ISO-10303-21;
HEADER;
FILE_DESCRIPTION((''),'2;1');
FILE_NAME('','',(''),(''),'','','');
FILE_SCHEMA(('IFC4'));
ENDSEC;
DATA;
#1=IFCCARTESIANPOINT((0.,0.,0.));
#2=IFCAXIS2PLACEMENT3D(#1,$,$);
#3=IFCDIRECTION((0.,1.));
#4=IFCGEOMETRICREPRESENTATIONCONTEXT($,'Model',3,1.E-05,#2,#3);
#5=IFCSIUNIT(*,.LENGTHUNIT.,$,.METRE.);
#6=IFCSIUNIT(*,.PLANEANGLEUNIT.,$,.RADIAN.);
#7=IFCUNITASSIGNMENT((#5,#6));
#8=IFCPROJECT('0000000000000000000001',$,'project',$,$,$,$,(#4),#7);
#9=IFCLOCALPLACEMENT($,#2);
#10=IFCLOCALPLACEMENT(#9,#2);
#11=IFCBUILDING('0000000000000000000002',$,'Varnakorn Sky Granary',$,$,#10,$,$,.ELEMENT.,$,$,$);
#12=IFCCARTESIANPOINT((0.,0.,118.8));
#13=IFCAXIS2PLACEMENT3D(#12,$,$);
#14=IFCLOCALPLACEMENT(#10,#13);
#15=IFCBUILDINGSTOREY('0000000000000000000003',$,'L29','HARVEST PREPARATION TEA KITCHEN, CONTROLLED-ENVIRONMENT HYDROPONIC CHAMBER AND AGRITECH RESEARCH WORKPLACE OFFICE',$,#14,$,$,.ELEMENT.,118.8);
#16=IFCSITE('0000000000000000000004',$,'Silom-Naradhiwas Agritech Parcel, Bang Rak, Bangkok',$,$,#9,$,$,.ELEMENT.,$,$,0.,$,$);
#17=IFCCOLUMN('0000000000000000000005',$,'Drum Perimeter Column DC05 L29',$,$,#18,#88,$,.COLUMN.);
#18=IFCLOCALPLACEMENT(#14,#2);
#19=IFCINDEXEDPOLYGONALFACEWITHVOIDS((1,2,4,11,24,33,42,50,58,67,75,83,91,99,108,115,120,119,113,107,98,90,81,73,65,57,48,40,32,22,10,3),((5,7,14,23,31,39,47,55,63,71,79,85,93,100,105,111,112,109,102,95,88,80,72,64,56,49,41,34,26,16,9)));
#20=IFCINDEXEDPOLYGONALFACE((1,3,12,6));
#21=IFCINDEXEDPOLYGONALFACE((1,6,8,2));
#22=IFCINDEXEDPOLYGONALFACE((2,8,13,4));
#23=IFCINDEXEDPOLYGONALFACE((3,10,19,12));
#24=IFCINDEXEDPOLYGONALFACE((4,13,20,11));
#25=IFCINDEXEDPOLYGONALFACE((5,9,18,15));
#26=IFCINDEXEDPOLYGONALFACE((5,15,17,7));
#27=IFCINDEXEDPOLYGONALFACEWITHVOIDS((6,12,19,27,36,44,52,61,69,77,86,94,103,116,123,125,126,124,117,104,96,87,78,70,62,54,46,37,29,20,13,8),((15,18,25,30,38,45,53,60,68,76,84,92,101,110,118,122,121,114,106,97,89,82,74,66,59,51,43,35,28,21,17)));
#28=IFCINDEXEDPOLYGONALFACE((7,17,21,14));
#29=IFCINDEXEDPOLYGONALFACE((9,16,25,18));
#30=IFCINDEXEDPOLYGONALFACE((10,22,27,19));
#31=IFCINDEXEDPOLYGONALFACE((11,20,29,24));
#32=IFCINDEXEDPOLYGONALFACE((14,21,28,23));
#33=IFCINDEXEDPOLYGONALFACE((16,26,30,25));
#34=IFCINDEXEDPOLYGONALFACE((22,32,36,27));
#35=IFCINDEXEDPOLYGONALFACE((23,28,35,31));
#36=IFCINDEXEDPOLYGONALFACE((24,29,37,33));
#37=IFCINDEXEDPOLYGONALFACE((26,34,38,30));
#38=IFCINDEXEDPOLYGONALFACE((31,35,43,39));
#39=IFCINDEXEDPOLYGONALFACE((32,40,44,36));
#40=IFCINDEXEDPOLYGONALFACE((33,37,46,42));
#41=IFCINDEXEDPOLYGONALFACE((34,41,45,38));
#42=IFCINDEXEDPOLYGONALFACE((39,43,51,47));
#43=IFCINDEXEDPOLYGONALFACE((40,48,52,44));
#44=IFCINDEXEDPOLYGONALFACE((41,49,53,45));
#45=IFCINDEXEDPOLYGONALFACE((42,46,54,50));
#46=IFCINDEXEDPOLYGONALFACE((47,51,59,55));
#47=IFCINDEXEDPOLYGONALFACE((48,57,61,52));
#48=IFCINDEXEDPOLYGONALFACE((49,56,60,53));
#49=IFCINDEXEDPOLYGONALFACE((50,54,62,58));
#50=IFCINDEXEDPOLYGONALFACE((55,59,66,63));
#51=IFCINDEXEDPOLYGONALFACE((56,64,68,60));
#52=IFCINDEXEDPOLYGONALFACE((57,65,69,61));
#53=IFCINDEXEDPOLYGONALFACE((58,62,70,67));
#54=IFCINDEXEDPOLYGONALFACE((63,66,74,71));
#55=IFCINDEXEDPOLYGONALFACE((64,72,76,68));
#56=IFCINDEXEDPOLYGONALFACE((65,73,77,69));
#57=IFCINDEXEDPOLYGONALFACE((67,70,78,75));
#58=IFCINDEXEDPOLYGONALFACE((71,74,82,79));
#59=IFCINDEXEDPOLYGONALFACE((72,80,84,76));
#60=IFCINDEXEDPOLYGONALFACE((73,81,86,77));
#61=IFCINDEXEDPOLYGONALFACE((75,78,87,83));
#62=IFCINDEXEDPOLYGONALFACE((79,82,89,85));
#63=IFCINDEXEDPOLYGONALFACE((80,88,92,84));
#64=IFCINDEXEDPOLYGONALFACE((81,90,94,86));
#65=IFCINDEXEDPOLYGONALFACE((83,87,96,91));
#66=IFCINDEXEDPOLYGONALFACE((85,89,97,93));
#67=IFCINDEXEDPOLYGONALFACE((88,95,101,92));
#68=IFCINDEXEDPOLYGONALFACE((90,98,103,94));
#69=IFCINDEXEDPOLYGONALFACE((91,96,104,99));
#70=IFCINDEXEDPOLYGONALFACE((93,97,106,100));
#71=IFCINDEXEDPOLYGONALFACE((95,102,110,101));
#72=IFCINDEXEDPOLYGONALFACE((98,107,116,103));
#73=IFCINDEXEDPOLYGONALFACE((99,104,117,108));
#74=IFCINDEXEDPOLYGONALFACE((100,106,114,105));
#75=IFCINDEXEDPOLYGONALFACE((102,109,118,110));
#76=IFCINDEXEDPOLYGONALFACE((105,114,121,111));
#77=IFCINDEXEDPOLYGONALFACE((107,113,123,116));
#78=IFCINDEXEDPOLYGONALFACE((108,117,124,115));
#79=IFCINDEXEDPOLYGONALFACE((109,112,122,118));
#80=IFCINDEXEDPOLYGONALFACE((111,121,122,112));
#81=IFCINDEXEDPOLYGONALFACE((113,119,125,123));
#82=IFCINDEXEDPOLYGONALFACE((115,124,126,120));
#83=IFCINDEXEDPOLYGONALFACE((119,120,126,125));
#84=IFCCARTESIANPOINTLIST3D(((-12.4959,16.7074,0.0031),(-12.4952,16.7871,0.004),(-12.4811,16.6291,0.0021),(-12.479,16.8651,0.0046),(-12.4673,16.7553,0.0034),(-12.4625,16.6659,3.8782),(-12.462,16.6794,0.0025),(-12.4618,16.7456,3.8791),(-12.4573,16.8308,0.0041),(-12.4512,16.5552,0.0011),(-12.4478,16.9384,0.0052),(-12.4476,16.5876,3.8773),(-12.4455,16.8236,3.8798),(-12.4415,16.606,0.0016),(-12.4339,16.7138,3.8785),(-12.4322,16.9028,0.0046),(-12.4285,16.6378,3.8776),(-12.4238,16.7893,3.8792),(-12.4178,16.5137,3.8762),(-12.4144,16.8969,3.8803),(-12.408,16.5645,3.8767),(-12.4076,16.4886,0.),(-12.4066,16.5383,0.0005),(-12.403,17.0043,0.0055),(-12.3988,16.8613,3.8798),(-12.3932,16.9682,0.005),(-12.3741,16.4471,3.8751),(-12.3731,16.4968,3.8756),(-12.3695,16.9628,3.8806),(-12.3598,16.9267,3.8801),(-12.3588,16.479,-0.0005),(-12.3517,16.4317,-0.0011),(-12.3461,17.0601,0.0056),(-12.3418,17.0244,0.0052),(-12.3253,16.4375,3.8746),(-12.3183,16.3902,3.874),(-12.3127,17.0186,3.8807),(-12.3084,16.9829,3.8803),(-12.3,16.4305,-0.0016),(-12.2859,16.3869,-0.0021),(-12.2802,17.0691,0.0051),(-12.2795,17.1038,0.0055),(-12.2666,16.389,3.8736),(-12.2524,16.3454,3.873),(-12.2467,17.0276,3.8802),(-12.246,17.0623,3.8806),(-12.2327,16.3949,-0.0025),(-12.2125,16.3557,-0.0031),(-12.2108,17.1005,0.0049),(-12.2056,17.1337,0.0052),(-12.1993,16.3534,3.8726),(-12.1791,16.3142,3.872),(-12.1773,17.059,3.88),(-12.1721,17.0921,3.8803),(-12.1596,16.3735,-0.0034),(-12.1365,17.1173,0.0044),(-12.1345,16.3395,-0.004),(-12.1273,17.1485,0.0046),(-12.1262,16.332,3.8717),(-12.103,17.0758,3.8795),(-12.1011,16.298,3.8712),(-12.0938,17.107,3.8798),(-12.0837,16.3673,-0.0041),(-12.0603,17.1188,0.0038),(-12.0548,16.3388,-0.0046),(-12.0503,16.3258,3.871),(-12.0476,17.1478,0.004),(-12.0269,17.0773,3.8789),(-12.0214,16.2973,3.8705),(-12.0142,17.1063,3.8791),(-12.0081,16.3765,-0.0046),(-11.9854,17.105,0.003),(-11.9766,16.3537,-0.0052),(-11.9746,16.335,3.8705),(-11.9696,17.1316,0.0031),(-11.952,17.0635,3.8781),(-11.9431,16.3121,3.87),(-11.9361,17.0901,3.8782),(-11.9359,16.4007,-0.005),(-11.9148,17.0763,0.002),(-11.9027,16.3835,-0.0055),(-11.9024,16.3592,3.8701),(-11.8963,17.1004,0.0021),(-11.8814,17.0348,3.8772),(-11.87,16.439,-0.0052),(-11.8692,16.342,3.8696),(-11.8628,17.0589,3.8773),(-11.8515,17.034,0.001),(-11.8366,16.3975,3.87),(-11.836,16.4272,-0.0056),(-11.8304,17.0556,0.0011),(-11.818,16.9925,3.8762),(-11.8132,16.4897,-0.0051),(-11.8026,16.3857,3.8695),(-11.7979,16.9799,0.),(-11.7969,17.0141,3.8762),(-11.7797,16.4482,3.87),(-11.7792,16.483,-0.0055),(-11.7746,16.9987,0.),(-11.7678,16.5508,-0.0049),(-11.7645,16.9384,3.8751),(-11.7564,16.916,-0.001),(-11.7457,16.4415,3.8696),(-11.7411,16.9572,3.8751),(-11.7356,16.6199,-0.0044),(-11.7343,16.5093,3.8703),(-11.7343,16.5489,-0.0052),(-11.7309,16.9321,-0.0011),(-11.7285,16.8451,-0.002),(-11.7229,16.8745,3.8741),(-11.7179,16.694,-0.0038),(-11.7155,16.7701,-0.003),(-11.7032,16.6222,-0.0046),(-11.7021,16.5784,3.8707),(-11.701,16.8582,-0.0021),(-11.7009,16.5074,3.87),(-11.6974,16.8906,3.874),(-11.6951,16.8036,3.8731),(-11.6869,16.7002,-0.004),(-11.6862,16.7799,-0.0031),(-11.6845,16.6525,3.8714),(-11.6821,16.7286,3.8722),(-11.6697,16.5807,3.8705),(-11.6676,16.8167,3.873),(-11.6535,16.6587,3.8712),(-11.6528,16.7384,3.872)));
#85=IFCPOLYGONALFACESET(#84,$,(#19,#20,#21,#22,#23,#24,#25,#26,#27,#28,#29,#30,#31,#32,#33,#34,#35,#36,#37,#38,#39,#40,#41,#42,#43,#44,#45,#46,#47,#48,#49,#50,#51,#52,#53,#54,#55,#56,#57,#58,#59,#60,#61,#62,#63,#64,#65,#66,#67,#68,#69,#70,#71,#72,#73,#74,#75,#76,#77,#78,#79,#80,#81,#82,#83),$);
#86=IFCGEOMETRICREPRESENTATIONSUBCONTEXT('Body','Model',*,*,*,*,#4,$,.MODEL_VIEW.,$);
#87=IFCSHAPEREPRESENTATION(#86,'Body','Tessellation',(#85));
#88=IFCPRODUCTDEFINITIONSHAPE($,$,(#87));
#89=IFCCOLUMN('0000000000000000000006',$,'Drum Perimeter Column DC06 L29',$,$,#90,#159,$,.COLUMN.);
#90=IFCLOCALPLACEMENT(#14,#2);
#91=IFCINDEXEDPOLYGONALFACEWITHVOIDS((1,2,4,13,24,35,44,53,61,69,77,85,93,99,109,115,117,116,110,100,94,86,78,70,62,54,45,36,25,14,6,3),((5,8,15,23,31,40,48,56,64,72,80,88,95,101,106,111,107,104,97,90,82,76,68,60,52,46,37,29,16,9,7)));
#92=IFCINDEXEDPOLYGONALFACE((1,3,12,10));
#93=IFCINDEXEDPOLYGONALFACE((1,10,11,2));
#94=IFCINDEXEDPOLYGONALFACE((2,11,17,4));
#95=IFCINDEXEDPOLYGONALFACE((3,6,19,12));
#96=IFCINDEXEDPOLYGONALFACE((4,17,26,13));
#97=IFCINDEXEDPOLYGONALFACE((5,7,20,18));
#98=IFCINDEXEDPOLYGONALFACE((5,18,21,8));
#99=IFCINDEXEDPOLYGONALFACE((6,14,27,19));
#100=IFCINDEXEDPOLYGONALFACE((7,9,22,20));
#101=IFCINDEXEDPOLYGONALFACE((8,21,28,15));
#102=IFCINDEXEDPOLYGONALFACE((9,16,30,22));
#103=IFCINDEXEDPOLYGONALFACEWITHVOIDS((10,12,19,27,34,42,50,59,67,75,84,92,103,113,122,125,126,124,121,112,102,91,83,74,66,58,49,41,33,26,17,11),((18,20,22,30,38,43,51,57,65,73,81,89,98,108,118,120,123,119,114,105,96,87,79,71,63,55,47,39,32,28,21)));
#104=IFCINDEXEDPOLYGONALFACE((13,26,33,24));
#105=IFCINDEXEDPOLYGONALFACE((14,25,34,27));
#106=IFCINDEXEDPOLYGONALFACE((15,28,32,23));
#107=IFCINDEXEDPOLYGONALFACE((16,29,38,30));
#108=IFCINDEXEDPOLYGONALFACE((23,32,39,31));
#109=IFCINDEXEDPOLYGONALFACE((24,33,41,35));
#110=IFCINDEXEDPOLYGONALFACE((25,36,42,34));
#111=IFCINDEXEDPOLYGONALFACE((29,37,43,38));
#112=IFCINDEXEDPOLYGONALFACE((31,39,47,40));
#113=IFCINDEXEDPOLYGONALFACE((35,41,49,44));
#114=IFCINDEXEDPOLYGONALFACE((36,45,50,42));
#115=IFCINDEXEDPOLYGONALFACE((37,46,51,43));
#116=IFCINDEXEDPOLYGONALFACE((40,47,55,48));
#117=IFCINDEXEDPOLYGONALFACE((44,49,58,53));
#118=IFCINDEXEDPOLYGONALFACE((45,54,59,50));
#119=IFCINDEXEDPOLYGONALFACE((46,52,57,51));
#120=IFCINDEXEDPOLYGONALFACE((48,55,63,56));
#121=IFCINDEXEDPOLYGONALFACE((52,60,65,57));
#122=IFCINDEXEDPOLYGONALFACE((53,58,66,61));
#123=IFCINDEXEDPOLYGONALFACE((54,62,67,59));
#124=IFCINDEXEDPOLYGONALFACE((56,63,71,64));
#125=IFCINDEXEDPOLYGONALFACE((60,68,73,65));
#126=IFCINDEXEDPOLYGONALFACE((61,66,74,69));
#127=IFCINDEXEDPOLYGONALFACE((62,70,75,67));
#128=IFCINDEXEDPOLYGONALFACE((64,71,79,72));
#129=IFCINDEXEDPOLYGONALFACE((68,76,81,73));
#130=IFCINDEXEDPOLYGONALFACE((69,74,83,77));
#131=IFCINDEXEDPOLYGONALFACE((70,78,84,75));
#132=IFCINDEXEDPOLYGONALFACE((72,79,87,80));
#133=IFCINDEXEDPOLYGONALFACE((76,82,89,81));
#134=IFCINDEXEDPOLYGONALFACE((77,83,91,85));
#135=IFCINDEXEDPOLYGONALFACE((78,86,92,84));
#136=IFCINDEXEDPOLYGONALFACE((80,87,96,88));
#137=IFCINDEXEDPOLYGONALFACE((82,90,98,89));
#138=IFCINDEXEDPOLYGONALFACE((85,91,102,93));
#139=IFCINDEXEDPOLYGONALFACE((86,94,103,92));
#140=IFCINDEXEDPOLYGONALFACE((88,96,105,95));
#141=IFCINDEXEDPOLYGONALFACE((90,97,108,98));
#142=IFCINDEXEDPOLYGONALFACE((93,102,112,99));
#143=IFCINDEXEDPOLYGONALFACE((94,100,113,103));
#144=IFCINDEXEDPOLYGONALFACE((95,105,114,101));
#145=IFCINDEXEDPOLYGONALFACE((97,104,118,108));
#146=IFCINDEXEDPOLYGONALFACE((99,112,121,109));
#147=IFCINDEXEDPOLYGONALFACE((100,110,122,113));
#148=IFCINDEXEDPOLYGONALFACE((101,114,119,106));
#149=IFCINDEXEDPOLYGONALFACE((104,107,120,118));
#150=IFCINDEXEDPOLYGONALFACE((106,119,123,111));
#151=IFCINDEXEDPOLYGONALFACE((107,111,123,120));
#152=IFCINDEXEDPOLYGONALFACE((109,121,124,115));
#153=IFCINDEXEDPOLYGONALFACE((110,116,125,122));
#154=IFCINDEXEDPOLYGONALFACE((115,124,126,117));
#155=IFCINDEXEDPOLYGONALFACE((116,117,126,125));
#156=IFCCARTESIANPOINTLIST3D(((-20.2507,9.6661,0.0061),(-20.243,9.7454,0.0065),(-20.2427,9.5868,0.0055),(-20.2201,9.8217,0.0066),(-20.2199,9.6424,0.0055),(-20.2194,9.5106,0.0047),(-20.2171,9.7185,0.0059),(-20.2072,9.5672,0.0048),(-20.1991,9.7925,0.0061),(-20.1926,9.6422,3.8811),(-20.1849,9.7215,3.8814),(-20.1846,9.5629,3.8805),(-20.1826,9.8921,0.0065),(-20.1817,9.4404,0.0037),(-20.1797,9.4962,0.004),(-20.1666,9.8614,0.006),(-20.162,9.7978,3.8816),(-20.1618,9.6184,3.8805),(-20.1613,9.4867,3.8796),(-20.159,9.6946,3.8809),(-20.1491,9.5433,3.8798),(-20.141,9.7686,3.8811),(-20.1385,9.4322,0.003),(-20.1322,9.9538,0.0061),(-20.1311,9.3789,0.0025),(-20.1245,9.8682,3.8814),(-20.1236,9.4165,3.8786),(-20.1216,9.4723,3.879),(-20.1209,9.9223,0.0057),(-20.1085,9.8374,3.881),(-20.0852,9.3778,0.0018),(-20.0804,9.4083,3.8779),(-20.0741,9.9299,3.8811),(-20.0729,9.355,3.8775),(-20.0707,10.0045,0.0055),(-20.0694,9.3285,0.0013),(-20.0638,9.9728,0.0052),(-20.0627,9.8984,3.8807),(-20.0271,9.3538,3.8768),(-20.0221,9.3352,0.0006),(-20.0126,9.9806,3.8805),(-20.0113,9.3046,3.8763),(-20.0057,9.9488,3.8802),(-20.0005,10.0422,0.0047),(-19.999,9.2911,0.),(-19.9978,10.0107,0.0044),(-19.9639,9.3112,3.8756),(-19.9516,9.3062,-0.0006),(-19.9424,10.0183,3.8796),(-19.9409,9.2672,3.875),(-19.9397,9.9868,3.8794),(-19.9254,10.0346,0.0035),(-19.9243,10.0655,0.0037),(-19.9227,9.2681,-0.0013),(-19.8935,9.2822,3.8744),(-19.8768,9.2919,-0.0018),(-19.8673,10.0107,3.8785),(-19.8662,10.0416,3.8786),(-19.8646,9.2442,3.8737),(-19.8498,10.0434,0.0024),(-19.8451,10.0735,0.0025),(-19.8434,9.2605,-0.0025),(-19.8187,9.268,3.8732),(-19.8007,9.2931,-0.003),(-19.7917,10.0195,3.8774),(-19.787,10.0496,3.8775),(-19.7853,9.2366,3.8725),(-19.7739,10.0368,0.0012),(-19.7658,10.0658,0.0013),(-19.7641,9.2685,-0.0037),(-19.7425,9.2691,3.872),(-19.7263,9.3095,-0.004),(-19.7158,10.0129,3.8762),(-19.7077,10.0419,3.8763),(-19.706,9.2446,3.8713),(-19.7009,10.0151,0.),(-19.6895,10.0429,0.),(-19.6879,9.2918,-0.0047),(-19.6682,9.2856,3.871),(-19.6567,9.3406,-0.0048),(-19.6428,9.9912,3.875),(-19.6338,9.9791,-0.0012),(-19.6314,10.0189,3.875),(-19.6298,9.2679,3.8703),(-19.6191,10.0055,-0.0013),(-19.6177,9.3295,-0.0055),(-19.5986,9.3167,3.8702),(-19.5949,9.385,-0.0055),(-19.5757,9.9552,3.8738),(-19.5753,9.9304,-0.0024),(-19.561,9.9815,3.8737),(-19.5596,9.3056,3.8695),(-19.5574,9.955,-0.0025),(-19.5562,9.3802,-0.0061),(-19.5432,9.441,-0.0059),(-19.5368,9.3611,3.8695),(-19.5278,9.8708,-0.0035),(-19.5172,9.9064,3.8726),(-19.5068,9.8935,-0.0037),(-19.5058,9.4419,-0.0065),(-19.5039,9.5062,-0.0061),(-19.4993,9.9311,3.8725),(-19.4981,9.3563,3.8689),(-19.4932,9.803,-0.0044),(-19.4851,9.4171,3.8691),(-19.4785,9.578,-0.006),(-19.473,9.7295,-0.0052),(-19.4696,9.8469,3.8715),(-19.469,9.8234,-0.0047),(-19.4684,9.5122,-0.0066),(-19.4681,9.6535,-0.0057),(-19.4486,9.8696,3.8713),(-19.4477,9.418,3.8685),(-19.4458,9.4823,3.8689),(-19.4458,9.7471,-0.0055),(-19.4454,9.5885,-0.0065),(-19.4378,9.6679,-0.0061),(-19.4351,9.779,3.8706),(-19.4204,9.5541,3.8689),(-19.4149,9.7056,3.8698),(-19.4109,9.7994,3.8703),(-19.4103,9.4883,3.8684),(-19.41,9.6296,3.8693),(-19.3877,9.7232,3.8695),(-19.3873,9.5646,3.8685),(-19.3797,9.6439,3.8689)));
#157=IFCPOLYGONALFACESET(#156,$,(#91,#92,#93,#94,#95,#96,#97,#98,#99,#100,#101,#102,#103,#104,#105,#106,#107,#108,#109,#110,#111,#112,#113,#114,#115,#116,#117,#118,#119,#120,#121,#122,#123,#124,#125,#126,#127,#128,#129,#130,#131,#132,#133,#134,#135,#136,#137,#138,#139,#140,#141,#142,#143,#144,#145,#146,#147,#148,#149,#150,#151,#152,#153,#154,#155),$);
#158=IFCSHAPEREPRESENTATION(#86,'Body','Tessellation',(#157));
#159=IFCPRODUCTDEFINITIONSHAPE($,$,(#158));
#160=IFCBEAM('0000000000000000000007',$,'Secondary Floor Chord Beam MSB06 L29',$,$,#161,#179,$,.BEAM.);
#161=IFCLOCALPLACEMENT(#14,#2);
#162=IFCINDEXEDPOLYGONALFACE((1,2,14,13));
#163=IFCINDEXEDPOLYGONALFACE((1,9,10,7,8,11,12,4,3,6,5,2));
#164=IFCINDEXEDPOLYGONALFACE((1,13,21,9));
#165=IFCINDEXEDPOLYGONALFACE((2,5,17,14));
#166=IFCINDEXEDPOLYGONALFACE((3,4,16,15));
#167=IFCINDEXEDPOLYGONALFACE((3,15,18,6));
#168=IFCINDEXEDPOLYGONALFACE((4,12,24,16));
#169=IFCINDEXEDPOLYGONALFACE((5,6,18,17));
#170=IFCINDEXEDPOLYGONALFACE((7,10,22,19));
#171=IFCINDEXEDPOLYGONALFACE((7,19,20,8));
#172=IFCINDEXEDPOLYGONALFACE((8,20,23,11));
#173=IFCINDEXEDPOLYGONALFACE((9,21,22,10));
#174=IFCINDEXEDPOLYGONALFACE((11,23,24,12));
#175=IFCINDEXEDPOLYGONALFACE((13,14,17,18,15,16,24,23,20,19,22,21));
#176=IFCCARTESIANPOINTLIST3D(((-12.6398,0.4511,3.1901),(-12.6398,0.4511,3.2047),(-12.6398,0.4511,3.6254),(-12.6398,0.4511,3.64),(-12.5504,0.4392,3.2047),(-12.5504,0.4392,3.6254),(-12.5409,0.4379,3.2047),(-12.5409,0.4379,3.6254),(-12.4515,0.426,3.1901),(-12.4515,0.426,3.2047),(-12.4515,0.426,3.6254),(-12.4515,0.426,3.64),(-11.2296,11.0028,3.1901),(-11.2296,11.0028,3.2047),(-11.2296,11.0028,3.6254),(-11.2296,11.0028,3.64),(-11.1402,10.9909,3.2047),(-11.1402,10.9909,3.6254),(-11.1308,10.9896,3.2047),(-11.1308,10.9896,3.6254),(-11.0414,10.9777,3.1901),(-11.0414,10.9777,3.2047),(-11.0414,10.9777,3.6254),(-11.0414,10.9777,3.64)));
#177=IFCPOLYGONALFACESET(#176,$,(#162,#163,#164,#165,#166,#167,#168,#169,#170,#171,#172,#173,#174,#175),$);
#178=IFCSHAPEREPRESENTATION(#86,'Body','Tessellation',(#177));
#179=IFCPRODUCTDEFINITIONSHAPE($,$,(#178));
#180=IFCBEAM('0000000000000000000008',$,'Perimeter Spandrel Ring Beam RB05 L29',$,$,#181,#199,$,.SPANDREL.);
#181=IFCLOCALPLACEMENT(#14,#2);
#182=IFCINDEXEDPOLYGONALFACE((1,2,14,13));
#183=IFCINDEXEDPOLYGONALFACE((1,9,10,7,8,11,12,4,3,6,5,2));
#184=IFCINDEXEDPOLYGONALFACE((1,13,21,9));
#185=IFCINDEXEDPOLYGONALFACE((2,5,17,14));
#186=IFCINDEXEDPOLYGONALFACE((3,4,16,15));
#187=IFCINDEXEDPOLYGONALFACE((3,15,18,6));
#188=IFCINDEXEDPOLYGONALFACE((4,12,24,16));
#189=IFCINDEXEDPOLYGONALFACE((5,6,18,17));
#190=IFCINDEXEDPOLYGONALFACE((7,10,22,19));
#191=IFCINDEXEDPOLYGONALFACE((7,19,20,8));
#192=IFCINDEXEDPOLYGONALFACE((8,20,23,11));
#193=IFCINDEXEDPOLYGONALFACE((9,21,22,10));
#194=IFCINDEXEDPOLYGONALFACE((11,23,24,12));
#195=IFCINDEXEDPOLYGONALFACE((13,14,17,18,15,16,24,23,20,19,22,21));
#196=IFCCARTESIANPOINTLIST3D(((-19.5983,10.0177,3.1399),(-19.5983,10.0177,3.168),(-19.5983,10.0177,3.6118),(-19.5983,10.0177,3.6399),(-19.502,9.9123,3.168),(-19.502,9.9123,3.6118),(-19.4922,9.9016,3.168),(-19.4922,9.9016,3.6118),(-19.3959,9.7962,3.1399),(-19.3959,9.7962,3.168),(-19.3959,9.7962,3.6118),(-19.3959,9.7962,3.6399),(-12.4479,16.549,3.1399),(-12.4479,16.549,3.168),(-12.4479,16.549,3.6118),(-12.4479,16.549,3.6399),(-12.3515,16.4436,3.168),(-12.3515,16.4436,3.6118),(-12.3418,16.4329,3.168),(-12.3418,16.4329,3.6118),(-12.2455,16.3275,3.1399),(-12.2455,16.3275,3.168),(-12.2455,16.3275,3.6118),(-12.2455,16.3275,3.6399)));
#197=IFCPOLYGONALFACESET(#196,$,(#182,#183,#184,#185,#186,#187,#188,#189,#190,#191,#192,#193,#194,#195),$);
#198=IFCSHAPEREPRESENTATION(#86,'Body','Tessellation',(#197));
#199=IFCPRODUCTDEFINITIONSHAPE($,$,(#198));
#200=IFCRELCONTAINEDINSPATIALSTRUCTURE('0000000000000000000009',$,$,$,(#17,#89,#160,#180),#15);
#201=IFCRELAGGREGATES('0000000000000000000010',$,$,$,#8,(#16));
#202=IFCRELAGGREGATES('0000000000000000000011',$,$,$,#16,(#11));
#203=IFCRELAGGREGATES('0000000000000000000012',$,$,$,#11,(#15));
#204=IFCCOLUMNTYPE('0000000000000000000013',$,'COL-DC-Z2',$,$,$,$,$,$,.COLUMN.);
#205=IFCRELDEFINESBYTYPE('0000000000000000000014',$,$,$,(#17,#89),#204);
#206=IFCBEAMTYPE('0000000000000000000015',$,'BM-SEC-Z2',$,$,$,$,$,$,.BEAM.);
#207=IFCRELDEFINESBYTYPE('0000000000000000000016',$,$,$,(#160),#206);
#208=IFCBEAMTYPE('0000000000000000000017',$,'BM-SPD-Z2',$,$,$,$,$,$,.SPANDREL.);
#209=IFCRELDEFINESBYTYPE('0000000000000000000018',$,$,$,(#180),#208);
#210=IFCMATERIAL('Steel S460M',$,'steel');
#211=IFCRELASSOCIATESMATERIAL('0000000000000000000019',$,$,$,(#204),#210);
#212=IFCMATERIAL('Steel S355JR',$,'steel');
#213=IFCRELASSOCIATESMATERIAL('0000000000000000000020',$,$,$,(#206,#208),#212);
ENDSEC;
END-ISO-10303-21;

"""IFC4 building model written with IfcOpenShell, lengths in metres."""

from ifc_helpers import new_model, si_unit, direction, frame, origin, origin_2d, place, context, subcontext, project, spatial, hollow_circle, i_section, extrude, material, material_profile, profile_set, type_object, element, save


model = new_model("IFC4")

# Units and contexts
model_context = context("Model", 3, precision=1e-05, world=origin(), true_north=direction((0.0, 1.0)))
body_context = subcontext(model_context, "Body", "Model", "MODEL_VIEW")
ifc_project = project(units=[si_unit("LENGTHUNIT", "METRE"), si_unit("PLANEANGLEUNIT", "RADIAN")], contexts=[model_context])

# Site, building, storey
site_placement = place(None, origin())
site = spatial("IfcSite", under=ifc_project, at=site_placement, Name="Silom-Naradhiwas Agritech Parcel, Bang Rak, Bangkok", CompositionType="ELEMENT", RefElevation=0.0)
building_placement = place(site_placement, origin())
building = spatial("IfcBuilding", under=site, at=building_placement, Name="Varnakorn Sky Granary", CompositionType="ELEMENT")
storey_placement = place(building_placement, frame((0.0, 0.0, 118.8)))
storey = spatial("IfcBuildingStorey", under=building, at=storey_placement, Name="L29", Description="HARVEST PREPARATION TEA KITCHEN, CONTROLLED-ENVIRONMENT HYDROPONIC CHAMBER AND AGRITECH RESEARCH WORKPLACE OFFICE", CompositionType="ELEMENT", Elevation=118.8)

# Columns
ifc_material_1 = material(Name="Steel S460M", Category="steel")
ifc_material_profile_1 = material_profile(ifc_material_1, hollow_circle(Radius=0.4065, WallThickness=0.03, at=origin_2d()), Name="CHS 813x30")
ifc_profile_set_1 = profile_set([ifc_material_profile_1], Name="Steel S460M")
column_type = type_object("IfcColumnType", Name="COL-DC-Z2", PredefinedType="COLUMN", material=ifc_profile_set_1)
for number, where, z_axis, x_axis, name in (
    (1, (-12.0911, 16.7437, 0.0), (0.008631, -0.01071, 0.999905), (0.77863, 0.627484, 0.0), "Drum Perimeter Column DC05 L29"),
    (2, (-19.8442, 9.667, 0.0), (0.014993, -0.006174, 0.999869), (0.38075, 0.924678, 0.0), "Drum Perimeter Column DC06 L29"),
):
    element("IfcColumn", number, at=place(storey_placement, frame(where, z_axis=z_axis, x_axis=x_axis)), inside=storey, type_object=column_type, Name=name, PredefinedType="COLUMN", context=body_context, shape_type="SweptSolid", body=[
        extrude(hollow_circle(Radius=0.4065, WallThickness=0.03, at=origin_2d()), origin(), (0.0, 0.0, 1.0), 3.8755),
    ])

# Beams
ifc_material_2 = material(Name="Steel S355JR", Category="steel")
ifc_material_profile_2 = material_profile(ifc_material_2, i_section(OverallWidth=0.1899, OverallDepth=0.45, WebThickness=0.0095, FlangeThickness=0.0146, at=origin_2d()), Name="IPE 450")
ifc_profile_set_2 = profile_set([ifc_material_profile_2], Name="Steel S355JR")
beam_type_1 = type_object("IfcBeamType", Name="BM-SEC-Z2", PredefinedType="BEAM", material=ifc_profile_set_2)
beam_1_placement = place(storey_placement, frame((-11.1355, 10.9902, 3.415), z_axis=(-0.132464, -0.991188, 0.0), x_axis=(0.991188, -0.132464, 0.0)))
element("IfcBeam", 3, at=beam_1_placement, inside=storey, type_object=beam_type_1, Name="Secondary Floor Chord Beam MSB06 L29", PredefinedType="BEAM", context=body_context, shape_type="SweptSolid", body=[
    extrude(i_section(OverallWidth=0.1899, OverallDepth=0.45, WebThickness=0.0095, FlangeThickness=0.0146, at=origin_2d()), origin(), (0.0, 0.0, 1.0), 10.6455),
])
ifc_material_profile_3 = material_profile(ifc_material_2, i_section(OverallWidth=0.3, OverallDepth=0.5, WebThickness=0.0144, FlangeThickness=0.0281, at=origin_2d()), Name="HE 500 B")
ifc_profile_set_3 = profile_set([ifc_material_profile_3], Name="Steel S355JR")
beam_type_2 = type_object("IfcBeamType", Name="BM-SPD-Z2", PredefinedType="SPANDREL", material=ifc_profile_set_3)
beam_2_placement = place(storey_placement, frame((-12.3467, 16.4382, 3.3899), z_axis=(-0.73835, -0.674418, 0.0), x_axis=(0.674418, -0.73835, 0.0)))
element("IfcBeam", 4, at=beam_2_placement, inside=storey, type_object=beam_type_2, Name="Perimeter Spandrel Ring Beam RB05 L29", PredefinedType="SPANDREL", context=body_context, shape_type="SweptSolid", body=[
    extrude(i_section(OverallWidth=0.3, OverallDepth=0.5, WebThickness=0.0144, FlangeThickness=0.0281, at=origin_2d()), origin(), (0.0, 0.0, 1.0), 9.6843),
])

save(model, "model.ifc")
